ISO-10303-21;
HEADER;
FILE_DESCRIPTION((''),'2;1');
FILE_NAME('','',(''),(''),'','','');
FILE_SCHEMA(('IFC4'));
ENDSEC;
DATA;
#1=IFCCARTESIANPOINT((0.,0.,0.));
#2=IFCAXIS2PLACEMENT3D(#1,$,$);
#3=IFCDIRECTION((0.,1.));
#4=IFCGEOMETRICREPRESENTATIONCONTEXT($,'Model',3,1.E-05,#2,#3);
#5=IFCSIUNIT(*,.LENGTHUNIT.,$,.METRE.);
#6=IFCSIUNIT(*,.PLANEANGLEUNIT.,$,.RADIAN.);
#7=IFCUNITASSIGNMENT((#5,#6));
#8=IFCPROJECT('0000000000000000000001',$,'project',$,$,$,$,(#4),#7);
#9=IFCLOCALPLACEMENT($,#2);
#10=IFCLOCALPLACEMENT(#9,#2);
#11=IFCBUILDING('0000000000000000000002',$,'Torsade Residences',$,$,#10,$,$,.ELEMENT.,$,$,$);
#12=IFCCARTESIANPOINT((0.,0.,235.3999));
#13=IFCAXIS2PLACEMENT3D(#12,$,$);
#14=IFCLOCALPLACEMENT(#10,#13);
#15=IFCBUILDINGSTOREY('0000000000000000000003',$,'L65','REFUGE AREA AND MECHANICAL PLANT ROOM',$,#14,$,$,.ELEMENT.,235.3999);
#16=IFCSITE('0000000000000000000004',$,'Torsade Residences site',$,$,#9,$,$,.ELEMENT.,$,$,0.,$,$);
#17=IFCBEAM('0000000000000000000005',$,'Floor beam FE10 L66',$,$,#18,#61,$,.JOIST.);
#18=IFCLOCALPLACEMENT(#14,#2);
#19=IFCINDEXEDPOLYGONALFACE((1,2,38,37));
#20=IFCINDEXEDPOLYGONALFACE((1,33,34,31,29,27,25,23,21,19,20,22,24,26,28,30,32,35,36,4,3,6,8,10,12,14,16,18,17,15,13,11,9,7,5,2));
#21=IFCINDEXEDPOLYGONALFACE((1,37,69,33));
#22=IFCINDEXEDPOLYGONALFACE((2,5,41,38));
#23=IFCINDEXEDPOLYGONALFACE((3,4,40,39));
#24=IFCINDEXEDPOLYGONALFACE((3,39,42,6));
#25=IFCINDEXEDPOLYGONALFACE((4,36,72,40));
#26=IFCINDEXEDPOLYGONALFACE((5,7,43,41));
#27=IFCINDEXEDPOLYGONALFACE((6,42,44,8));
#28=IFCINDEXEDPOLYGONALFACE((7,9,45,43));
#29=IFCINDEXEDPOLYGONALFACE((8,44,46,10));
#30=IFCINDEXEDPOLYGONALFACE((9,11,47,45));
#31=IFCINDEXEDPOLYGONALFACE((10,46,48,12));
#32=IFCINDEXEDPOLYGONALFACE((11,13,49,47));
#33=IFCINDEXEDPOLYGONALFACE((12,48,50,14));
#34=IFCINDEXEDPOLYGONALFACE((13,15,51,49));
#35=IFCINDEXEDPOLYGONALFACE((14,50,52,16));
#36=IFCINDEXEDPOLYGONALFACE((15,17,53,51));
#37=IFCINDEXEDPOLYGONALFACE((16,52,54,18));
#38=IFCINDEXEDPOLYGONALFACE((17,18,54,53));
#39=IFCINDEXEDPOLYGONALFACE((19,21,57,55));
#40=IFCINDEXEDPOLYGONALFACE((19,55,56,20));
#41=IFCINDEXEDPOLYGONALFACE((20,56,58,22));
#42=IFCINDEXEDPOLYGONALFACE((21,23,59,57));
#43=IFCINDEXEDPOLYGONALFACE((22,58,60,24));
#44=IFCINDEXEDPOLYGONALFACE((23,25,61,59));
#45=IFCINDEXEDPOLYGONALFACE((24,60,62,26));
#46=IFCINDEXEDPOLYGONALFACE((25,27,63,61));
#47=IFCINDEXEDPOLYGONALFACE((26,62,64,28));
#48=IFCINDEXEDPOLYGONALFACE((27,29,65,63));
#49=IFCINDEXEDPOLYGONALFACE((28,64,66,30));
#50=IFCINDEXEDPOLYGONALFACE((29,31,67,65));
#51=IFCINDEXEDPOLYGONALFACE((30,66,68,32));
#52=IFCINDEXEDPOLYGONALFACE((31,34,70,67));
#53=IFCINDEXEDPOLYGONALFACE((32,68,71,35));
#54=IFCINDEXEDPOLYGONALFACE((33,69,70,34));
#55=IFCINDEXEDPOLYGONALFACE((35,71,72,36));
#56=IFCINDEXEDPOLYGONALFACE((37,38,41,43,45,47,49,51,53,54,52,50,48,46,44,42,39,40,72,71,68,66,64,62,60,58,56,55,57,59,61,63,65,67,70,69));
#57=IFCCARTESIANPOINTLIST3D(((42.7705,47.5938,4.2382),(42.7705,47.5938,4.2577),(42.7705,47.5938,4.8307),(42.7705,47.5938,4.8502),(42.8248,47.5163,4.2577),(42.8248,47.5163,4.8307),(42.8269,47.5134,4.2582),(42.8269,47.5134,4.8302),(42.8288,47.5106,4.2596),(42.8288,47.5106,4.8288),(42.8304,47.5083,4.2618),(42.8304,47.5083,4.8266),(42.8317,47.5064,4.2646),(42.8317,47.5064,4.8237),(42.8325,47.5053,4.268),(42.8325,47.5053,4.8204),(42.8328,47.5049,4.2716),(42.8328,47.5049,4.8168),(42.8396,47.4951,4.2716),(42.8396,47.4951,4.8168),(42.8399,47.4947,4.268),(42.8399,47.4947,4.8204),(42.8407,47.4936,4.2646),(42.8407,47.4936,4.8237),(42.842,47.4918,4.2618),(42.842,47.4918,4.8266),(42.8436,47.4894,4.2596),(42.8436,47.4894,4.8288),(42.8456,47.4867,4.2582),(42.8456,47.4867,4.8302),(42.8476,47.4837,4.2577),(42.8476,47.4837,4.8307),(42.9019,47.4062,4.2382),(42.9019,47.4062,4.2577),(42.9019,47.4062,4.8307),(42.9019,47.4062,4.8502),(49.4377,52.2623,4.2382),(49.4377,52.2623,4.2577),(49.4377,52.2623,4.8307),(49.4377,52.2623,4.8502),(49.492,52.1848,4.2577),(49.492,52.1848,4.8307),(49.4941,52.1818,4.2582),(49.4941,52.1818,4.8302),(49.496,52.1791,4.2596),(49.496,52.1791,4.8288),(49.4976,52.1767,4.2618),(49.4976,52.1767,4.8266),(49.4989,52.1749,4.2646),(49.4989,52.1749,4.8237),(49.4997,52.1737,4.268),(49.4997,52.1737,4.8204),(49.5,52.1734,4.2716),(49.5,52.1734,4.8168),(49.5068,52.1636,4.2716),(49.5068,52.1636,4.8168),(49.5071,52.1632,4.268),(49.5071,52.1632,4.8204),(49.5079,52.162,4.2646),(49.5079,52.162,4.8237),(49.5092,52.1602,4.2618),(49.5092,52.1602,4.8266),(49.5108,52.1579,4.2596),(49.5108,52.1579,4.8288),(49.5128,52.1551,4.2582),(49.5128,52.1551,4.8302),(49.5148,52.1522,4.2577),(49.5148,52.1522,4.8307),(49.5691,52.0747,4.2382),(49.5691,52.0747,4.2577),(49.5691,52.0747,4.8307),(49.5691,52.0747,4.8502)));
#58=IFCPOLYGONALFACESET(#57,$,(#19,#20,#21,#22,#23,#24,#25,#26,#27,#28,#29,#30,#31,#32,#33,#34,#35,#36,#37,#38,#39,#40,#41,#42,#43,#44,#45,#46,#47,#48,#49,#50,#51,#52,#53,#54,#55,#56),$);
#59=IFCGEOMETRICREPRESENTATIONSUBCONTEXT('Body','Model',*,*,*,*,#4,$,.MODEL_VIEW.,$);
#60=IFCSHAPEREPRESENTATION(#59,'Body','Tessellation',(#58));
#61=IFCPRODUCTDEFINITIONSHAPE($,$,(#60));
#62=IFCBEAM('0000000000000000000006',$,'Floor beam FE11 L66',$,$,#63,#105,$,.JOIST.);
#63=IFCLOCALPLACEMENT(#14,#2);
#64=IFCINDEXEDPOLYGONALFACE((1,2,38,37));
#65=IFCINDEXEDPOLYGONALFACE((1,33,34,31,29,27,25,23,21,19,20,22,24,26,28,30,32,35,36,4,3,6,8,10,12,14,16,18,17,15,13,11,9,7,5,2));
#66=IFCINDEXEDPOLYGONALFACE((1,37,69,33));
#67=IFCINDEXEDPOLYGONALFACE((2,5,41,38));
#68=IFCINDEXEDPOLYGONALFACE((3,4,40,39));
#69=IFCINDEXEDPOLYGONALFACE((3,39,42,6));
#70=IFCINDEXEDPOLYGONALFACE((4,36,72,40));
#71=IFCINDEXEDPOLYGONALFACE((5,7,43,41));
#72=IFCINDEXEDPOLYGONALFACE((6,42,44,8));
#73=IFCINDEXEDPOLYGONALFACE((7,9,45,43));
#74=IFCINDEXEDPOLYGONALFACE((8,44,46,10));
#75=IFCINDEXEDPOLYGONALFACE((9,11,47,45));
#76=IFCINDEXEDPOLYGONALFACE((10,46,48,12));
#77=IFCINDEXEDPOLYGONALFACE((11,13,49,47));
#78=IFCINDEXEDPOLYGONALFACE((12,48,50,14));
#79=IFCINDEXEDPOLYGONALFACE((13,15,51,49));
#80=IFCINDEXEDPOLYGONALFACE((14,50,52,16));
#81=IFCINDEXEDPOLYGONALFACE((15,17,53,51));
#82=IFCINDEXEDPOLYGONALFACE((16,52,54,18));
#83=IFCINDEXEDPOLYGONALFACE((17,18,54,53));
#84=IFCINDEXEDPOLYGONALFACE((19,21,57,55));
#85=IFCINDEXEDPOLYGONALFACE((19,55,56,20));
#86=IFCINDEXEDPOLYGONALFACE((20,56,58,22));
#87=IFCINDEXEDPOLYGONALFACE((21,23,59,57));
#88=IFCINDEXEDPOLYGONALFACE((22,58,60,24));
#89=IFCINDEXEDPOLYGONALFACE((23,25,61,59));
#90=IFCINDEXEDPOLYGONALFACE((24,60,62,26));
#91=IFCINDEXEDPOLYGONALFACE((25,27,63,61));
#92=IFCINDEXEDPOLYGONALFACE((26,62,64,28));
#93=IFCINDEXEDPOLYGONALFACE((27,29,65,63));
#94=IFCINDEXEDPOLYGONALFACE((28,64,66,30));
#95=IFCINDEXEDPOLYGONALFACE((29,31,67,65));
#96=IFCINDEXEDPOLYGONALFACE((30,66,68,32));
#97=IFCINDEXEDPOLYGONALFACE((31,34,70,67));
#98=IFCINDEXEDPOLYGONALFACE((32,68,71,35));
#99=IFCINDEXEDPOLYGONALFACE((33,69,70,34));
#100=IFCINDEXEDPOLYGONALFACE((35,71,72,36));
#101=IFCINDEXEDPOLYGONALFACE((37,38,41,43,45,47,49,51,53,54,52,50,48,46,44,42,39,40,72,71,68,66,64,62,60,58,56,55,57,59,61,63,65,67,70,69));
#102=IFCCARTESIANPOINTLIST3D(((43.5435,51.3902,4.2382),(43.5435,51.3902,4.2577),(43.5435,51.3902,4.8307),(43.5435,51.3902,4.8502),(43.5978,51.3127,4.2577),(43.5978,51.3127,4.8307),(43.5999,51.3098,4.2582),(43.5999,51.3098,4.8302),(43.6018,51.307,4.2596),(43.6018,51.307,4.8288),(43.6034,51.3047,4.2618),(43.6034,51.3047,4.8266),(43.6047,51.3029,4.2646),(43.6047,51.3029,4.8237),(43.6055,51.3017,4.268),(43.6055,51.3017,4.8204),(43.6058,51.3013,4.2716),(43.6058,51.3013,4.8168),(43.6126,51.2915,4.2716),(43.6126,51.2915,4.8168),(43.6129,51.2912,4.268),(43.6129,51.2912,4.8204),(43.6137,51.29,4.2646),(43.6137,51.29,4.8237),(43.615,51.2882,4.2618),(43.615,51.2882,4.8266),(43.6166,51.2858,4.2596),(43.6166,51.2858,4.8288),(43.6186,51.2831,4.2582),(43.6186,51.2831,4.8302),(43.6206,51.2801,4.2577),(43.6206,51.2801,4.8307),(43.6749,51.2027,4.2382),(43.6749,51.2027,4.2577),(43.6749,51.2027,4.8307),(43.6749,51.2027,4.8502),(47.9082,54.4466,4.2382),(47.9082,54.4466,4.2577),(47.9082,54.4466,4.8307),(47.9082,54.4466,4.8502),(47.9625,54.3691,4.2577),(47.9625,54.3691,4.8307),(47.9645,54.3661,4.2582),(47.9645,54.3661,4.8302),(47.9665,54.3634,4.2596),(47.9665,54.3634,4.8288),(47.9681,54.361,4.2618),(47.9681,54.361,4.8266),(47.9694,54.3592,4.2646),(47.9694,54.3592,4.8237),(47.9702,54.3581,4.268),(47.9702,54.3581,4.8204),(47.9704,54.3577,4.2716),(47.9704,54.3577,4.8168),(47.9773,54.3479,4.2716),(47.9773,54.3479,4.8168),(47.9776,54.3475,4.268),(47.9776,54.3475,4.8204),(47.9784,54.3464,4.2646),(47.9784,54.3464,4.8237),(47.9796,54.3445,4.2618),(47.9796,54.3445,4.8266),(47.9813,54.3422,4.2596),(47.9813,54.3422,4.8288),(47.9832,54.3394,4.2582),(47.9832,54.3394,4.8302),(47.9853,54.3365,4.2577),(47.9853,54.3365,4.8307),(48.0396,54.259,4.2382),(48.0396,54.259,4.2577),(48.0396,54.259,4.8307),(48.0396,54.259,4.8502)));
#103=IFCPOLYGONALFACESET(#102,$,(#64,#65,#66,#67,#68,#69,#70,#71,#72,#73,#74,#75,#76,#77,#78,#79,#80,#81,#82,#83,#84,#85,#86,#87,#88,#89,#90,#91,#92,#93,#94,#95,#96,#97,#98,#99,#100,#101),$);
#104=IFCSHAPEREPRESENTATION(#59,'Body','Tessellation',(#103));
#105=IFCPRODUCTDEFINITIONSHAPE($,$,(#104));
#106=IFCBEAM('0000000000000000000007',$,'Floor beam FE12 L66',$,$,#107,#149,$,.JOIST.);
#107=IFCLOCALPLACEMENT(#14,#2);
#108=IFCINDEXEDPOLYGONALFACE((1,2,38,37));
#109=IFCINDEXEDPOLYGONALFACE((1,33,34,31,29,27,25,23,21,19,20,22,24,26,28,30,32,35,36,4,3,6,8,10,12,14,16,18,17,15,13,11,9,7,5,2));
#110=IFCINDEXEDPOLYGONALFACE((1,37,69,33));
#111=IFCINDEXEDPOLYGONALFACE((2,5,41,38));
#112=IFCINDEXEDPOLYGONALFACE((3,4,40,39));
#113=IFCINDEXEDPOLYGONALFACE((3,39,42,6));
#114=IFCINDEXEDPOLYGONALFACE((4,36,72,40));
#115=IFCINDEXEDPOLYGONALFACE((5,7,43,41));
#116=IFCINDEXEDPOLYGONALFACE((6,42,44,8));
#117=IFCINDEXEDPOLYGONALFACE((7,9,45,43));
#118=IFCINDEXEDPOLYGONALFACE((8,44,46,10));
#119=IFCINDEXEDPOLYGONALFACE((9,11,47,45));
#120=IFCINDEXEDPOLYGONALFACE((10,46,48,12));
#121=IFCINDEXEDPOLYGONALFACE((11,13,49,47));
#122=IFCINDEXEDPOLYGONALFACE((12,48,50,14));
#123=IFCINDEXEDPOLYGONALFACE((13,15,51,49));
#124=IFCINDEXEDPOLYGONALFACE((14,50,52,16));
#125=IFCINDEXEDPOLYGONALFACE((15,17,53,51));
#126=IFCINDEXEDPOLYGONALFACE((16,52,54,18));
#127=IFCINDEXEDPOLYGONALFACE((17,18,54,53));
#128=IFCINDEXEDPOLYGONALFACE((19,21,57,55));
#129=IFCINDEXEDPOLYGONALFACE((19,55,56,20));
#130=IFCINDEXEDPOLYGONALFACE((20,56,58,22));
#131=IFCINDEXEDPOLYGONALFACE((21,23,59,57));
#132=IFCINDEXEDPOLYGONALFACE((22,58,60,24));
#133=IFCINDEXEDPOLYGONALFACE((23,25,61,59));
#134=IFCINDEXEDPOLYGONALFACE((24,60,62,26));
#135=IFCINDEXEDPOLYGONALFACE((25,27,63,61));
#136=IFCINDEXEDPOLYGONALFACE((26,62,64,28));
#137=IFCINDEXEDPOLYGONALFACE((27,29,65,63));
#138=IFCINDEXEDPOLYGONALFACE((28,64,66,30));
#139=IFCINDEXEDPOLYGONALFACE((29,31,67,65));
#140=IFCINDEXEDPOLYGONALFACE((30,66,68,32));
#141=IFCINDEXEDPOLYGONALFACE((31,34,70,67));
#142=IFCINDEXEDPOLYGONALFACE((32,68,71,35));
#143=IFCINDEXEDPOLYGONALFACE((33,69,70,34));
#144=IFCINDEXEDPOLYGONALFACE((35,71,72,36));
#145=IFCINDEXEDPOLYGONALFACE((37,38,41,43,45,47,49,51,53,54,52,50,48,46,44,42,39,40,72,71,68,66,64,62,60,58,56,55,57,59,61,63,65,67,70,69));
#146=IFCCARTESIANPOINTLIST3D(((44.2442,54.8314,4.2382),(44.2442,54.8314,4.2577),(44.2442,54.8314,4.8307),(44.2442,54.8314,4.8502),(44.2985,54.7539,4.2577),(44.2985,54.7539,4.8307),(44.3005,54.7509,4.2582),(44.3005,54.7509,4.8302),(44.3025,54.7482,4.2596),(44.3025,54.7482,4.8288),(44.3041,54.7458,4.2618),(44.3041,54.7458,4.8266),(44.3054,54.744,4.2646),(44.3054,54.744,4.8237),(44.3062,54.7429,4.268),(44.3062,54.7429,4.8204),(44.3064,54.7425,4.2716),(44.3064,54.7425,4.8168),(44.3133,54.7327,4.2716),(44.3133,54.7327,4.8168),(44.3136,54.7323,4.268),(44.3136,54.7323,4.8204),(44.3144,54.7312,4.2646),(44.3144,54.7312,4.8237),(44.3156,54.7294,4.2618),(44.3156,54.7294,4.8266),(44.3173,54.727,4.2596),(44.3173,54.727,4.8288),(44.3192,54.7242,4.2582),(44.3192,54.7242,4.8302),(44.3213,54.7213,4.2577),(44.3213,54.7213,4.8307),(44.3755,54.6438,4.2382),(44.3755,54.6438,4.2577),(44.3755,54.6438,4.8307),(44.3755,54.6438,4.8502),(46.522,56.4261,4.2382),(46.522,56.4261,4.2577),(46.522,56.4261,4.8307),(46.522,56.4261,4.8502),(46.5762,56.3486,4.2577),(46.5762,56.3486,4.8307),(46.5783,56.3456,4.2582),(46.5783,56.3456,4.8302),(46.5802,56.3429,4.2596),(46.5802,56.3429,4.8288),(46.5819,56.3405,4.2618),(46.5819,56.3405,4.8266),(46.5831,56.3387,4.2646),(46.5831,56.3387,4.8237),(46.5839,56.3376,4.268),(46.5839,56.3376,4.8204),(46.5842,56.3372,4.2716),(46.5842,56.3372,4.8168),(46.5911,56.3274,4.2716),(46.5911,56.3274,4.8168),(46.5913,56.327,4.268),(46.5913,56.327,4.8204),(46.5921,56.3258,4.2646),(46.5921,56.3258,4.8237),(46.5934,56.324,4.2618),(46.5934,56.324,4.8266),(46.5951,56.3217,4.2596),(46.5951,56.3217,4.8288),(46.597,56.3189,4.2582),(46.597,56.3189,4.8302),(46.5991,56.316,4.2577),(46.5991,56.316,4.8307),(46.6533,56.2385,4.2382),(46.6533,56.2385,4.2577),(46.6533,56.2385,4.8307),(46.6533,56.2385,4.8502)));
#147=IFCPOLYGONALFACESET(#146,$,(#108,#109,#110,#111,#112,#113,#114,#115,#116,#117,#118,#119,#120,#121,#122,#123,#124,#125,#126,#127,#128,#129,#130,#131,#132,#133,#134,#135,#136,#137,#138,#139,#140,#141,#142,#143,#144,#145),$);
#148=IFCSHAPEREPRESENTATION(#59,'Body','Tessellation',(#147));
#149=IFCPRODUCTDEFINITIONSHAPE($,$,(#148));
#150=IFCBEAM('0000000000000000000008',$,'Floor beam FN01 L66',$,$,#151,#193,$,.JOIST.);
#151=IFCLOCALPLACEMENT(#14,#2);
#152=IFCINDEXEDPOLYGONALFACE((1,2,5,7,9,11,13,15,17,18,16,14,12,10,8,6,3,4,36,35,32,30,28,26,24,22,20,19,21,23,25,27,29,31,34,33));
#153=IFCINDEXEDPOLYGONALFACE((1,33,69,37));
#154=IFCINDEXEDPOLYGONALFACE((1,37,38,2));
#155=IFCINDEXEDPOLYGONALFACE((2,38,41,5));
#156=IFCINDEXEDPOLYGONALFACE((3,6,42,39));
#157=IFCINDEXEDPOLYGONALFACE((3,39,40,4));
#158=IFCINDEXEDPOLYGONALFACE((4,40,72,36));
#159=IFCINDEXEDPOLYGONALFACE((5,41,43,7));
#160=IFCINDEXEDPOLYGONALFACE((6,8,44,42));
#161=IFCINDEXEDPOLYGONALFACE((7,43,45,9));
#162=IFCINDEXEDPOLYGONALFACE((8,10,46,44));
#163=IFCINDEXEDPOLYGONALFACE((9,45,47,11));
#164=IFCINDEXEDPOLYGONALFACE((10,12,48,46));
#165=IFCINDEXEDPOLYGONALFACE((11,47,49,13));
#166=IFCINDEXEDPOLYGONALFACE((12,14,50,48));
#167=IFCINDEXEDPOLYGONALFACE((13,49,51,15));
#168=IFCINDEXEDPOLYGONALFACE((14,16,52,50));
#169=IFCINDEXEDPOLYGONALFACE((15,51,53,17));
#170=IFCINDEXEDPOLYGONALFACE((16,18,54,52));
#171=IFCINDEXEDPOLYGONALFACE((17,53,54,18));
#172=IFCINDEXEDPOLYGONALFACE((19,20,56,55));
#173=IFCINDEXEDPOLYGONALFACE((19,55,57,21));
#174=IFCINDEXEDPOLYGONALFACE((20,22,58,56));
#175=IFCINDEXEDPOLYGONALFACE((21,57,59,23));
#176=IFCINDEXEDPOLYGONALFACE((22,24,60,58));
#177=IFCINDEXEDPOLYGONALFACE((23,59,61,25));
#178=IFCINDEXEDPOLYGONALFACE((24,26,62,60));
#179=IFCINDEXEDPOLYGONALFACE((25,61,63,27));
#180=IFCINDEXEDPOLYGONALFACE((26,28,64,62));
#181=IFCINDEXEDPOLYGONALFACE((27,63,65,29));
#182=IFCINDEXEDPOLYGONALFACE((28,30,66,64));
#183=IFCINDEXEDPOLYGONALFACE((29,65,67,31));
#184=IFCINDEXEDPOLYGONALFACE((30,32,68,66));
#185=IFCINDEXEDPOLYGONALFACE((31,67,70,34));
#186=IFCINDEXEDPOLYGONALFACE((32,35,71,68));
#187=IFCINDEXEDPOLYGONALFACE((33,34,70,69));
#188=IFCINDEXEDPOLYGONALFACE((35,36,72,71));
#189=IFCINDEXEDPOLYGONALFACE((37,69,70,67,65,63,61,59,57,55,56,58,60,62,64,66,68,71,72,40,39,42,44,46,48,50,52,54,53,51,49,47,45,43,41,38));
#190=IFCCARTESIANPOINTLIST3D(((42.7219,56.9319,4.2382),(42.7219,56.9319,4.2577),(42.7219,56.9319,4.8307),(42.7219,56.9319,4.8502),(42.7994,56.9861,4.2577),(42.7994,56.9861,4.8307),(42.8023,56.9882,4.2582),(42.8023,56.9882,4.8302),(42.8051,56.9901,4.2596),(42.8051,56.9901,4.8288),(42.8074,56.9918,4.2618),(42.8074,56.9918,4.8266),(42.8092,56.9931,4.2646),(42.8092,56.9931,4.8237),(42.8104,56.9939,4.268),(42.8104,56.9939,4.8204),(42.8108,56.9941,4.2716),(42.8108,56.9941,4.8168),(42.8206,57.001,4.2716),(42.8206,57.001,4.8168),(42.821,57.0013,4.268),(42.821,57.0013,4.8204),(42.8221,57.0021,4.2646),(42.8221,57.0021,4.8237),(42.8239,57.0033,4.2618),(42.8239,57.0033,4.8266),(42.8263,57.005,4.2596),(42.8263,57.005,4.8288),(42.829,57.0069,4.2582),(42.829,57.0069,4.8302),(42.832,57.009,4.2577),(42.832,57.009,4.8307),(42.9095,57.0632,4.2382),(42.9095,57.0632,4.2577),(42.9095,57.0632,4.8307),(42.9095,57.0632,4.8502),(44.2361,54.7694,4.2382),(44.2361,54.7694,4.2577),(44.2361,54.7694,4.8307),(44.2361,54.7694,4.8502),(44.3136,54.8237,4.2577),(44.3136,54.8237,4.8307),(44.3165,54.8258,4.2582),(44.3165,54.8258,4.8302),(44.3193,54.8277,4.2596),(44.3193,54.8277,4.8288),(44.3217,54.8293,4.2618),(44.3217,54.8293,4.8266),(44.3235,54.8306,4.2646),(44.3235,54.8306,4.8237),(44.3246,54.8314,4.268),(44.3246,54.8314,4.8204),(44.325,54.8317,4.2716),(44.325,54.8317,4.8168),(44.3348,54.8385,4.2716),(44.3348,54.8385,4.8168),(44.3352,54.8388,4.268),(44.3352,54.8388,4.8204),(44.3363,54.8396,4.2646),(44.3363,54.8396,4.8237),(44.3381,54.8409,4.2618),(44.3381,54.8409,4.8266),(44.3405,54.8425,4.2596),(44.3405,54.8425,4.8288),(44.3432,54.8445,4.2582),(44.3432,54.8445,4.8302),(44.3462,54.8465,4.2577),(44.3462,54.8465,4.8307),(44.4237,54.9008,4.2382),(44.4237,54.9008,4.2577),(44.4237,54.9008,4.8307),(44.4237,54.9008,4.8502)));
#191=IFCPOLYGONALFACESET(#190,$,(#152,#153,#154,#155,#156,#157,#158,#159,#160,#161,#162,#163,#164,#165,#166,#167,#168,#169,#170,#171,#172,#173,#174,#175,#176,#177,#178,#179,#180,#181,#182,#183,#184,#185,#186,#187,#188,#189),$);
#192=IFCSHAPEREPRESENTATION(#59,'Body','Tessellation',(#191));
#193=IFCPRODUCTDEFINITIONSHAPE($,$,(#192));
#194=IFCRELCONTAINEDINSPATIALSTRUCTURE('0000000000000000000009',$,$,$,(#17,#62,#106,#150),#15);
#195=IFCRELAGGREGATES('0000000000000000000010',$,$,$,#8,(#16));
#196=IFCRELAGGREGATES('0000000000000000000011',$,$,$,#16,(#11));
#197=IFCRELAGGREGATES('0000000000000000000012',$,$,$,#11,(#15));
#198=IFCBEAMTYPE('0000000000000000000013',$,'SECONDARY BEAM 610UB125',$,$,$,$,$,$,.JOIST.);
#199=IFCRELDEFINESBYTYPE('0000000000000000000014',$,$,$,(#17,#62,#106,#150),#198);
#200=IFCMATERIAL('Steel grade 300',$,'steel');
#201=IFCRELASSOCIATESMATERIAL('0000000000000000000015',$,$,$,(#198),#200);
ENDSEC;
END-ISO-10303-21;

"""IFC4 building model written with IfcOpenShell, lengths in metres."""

from ifc_helpers import new_model, si_unit, direction, frame, origin, origin_2d, place, context, subcontext, project, spatial, i_section, extrude, material, material_profile, profile_set, type_object, element, save


model = new_model("IFC4")

# Units and contexts
model_context = context("Model", 3, precision=1e-05, world=origin(), true_north=direction((0.0, 1.0)))
body_context = subcontext(model_context, "Body", "Model", "MODEL_VIEW")
ifc_project = project(units=[si_unit("LENGTHUNIT", "METRE"), si_unit("PLANEANGLEUNIT", "RADIAN")], contexts=[model_context])

# Site, building, storey
site_placement = place(None, origin())
site = spatial("IfcSite", under=ifc_project, at=site_placement, Name="Torsade Residences site", CompositionType="ELEMENT", RefElevation=0.0)
building_placement = place(site_placement, origin())
building = spatial("IfcBuilding", under=site, at=building_placement, Name="Torsade Residences", CompositionType="ELEMENT")
storey_placement = place(building_placement, frame((0.0, 0.0, 235.3999)))
storey = spatial("IfcBuildingStorey", under=building, at=storey_placement, Name="L65", Description="REFUGE AREA AND MECHANICAL PLANT ROOM", CompositionType="ELEMENT", Elevation=235.3999)

# Beams
ifc_material_1 = material(Name="Steel grade 300", Category="steel")
ifc_material_profile_1 = material_profile(ifc_material_1, i_section(OverallWidth=0.229, OverallDepth=0.6121, WebThickness=0.012, FlangeThickness=0.0195, FilletRadius=0.0139, at=origin_2d()), Name="610UB125")
ifc_profile_set_1 = profile_set([ifc_material_profile_1], Name="Steel grade 300")
beam_type_1 = type_object("IfcBeamType", Name="SECONDARY BEAM 610UB125", PredefinedType="JOIST", material=ifc_profile_set_1)
beam_1_placement = place(storey_placement, frame((49.5034, 52.1685, 4.5442), z_axis=(-0.819152, -0.573577, 0.0), x_axis=(0.573577, -0.819152, 0.0)))
element("IfcBeam", 1, at=beam_1_placement, inside=storey, type_object=beam_type_1, Name="Floor beam FE10 L66", PredefinedType="JOIST", context=body_context, shape_type="SweptSolid", body=[
    extrude(i_section(OverallWidth=0.229, OverallDepth=0.6121, WebThickness=0.012, FlangeThickness=0.0195, FilletRadius=0.0139, at=origin_2d()), origin(), (0.0, 0.0, 1.0), 8.1392),
])
beam_2_placement = place(storey_placement, frame((47.9739, 54.3528, 4.5442), z_axis=(-0.819137, -0.573598, 0.0), x_axis=(0.573598, -0.819137, 0.0)))
element("IfcBeam", 2, at=beam_2_placement, inside=storey, type_object=beam_type_1, Name="Floor beam FE11 L66", PredefinedType="JOIST", context=body_context, shape_type="SweptSolid", body=[
    extrude(i_section(OverallWidth=0.229, OverallDepth=0.6121, WebThickness=0.012, FlangeThickness=0.0195, FilletRadius=0.0139, at=origin_2d()), origin(), (0.0, 0.0, 1.0), 5.3284),
])
beam_3_placement = place(storey_placement, frame((46.5876, 56.3323, 4.5442), z_axis=(-0.819191, -0.573521, 0.0), x_axis=(0.573521, -0.819191, 0.0)))
element("IfcBeam", 3, at=beam_3_placement, inside=storey, type_object=beam_type_1, Name="Floor beam FE12 L66", PredefinedType="JOIST", context=body_context, shape_type="SweptSolid", body=[
    extrude(i_section(OverallWidth=0.229, OverallDepth=0.6121, WebThickness=0.012, FlangeThickness=0.0195, FilletRadius=0.0139, at=origin_2d()), origin(), (0.0, 0.0, 1.0), 2.7805),
])
beam_4_placement = place(storey_placement, frame((42.8157, 56.9976, 4.5442), z_axis=(0.573593, -0.819141, 0.0), x_axis=(0.819141, 0.573593, 0.0)))
element("IfcBeam", 4, at=beam_4_placement, inside=storey, type_object=beam_type_1, Name="Floor beam FN01 L66", PredefinedType="JOIST", context=body_context, shape_type="SweptSolid", body=[
    extrude(i_section(OverallWidth=0.229, OverallDepth=0.6121, WebThickness=0.012, FlangeThickness=0.0195, FilletRadius=0.0139, at=origin_2d()), origin(), (0.0, 0.0, 1.0), 2.6399),
])

save(model, "model.ifc")
